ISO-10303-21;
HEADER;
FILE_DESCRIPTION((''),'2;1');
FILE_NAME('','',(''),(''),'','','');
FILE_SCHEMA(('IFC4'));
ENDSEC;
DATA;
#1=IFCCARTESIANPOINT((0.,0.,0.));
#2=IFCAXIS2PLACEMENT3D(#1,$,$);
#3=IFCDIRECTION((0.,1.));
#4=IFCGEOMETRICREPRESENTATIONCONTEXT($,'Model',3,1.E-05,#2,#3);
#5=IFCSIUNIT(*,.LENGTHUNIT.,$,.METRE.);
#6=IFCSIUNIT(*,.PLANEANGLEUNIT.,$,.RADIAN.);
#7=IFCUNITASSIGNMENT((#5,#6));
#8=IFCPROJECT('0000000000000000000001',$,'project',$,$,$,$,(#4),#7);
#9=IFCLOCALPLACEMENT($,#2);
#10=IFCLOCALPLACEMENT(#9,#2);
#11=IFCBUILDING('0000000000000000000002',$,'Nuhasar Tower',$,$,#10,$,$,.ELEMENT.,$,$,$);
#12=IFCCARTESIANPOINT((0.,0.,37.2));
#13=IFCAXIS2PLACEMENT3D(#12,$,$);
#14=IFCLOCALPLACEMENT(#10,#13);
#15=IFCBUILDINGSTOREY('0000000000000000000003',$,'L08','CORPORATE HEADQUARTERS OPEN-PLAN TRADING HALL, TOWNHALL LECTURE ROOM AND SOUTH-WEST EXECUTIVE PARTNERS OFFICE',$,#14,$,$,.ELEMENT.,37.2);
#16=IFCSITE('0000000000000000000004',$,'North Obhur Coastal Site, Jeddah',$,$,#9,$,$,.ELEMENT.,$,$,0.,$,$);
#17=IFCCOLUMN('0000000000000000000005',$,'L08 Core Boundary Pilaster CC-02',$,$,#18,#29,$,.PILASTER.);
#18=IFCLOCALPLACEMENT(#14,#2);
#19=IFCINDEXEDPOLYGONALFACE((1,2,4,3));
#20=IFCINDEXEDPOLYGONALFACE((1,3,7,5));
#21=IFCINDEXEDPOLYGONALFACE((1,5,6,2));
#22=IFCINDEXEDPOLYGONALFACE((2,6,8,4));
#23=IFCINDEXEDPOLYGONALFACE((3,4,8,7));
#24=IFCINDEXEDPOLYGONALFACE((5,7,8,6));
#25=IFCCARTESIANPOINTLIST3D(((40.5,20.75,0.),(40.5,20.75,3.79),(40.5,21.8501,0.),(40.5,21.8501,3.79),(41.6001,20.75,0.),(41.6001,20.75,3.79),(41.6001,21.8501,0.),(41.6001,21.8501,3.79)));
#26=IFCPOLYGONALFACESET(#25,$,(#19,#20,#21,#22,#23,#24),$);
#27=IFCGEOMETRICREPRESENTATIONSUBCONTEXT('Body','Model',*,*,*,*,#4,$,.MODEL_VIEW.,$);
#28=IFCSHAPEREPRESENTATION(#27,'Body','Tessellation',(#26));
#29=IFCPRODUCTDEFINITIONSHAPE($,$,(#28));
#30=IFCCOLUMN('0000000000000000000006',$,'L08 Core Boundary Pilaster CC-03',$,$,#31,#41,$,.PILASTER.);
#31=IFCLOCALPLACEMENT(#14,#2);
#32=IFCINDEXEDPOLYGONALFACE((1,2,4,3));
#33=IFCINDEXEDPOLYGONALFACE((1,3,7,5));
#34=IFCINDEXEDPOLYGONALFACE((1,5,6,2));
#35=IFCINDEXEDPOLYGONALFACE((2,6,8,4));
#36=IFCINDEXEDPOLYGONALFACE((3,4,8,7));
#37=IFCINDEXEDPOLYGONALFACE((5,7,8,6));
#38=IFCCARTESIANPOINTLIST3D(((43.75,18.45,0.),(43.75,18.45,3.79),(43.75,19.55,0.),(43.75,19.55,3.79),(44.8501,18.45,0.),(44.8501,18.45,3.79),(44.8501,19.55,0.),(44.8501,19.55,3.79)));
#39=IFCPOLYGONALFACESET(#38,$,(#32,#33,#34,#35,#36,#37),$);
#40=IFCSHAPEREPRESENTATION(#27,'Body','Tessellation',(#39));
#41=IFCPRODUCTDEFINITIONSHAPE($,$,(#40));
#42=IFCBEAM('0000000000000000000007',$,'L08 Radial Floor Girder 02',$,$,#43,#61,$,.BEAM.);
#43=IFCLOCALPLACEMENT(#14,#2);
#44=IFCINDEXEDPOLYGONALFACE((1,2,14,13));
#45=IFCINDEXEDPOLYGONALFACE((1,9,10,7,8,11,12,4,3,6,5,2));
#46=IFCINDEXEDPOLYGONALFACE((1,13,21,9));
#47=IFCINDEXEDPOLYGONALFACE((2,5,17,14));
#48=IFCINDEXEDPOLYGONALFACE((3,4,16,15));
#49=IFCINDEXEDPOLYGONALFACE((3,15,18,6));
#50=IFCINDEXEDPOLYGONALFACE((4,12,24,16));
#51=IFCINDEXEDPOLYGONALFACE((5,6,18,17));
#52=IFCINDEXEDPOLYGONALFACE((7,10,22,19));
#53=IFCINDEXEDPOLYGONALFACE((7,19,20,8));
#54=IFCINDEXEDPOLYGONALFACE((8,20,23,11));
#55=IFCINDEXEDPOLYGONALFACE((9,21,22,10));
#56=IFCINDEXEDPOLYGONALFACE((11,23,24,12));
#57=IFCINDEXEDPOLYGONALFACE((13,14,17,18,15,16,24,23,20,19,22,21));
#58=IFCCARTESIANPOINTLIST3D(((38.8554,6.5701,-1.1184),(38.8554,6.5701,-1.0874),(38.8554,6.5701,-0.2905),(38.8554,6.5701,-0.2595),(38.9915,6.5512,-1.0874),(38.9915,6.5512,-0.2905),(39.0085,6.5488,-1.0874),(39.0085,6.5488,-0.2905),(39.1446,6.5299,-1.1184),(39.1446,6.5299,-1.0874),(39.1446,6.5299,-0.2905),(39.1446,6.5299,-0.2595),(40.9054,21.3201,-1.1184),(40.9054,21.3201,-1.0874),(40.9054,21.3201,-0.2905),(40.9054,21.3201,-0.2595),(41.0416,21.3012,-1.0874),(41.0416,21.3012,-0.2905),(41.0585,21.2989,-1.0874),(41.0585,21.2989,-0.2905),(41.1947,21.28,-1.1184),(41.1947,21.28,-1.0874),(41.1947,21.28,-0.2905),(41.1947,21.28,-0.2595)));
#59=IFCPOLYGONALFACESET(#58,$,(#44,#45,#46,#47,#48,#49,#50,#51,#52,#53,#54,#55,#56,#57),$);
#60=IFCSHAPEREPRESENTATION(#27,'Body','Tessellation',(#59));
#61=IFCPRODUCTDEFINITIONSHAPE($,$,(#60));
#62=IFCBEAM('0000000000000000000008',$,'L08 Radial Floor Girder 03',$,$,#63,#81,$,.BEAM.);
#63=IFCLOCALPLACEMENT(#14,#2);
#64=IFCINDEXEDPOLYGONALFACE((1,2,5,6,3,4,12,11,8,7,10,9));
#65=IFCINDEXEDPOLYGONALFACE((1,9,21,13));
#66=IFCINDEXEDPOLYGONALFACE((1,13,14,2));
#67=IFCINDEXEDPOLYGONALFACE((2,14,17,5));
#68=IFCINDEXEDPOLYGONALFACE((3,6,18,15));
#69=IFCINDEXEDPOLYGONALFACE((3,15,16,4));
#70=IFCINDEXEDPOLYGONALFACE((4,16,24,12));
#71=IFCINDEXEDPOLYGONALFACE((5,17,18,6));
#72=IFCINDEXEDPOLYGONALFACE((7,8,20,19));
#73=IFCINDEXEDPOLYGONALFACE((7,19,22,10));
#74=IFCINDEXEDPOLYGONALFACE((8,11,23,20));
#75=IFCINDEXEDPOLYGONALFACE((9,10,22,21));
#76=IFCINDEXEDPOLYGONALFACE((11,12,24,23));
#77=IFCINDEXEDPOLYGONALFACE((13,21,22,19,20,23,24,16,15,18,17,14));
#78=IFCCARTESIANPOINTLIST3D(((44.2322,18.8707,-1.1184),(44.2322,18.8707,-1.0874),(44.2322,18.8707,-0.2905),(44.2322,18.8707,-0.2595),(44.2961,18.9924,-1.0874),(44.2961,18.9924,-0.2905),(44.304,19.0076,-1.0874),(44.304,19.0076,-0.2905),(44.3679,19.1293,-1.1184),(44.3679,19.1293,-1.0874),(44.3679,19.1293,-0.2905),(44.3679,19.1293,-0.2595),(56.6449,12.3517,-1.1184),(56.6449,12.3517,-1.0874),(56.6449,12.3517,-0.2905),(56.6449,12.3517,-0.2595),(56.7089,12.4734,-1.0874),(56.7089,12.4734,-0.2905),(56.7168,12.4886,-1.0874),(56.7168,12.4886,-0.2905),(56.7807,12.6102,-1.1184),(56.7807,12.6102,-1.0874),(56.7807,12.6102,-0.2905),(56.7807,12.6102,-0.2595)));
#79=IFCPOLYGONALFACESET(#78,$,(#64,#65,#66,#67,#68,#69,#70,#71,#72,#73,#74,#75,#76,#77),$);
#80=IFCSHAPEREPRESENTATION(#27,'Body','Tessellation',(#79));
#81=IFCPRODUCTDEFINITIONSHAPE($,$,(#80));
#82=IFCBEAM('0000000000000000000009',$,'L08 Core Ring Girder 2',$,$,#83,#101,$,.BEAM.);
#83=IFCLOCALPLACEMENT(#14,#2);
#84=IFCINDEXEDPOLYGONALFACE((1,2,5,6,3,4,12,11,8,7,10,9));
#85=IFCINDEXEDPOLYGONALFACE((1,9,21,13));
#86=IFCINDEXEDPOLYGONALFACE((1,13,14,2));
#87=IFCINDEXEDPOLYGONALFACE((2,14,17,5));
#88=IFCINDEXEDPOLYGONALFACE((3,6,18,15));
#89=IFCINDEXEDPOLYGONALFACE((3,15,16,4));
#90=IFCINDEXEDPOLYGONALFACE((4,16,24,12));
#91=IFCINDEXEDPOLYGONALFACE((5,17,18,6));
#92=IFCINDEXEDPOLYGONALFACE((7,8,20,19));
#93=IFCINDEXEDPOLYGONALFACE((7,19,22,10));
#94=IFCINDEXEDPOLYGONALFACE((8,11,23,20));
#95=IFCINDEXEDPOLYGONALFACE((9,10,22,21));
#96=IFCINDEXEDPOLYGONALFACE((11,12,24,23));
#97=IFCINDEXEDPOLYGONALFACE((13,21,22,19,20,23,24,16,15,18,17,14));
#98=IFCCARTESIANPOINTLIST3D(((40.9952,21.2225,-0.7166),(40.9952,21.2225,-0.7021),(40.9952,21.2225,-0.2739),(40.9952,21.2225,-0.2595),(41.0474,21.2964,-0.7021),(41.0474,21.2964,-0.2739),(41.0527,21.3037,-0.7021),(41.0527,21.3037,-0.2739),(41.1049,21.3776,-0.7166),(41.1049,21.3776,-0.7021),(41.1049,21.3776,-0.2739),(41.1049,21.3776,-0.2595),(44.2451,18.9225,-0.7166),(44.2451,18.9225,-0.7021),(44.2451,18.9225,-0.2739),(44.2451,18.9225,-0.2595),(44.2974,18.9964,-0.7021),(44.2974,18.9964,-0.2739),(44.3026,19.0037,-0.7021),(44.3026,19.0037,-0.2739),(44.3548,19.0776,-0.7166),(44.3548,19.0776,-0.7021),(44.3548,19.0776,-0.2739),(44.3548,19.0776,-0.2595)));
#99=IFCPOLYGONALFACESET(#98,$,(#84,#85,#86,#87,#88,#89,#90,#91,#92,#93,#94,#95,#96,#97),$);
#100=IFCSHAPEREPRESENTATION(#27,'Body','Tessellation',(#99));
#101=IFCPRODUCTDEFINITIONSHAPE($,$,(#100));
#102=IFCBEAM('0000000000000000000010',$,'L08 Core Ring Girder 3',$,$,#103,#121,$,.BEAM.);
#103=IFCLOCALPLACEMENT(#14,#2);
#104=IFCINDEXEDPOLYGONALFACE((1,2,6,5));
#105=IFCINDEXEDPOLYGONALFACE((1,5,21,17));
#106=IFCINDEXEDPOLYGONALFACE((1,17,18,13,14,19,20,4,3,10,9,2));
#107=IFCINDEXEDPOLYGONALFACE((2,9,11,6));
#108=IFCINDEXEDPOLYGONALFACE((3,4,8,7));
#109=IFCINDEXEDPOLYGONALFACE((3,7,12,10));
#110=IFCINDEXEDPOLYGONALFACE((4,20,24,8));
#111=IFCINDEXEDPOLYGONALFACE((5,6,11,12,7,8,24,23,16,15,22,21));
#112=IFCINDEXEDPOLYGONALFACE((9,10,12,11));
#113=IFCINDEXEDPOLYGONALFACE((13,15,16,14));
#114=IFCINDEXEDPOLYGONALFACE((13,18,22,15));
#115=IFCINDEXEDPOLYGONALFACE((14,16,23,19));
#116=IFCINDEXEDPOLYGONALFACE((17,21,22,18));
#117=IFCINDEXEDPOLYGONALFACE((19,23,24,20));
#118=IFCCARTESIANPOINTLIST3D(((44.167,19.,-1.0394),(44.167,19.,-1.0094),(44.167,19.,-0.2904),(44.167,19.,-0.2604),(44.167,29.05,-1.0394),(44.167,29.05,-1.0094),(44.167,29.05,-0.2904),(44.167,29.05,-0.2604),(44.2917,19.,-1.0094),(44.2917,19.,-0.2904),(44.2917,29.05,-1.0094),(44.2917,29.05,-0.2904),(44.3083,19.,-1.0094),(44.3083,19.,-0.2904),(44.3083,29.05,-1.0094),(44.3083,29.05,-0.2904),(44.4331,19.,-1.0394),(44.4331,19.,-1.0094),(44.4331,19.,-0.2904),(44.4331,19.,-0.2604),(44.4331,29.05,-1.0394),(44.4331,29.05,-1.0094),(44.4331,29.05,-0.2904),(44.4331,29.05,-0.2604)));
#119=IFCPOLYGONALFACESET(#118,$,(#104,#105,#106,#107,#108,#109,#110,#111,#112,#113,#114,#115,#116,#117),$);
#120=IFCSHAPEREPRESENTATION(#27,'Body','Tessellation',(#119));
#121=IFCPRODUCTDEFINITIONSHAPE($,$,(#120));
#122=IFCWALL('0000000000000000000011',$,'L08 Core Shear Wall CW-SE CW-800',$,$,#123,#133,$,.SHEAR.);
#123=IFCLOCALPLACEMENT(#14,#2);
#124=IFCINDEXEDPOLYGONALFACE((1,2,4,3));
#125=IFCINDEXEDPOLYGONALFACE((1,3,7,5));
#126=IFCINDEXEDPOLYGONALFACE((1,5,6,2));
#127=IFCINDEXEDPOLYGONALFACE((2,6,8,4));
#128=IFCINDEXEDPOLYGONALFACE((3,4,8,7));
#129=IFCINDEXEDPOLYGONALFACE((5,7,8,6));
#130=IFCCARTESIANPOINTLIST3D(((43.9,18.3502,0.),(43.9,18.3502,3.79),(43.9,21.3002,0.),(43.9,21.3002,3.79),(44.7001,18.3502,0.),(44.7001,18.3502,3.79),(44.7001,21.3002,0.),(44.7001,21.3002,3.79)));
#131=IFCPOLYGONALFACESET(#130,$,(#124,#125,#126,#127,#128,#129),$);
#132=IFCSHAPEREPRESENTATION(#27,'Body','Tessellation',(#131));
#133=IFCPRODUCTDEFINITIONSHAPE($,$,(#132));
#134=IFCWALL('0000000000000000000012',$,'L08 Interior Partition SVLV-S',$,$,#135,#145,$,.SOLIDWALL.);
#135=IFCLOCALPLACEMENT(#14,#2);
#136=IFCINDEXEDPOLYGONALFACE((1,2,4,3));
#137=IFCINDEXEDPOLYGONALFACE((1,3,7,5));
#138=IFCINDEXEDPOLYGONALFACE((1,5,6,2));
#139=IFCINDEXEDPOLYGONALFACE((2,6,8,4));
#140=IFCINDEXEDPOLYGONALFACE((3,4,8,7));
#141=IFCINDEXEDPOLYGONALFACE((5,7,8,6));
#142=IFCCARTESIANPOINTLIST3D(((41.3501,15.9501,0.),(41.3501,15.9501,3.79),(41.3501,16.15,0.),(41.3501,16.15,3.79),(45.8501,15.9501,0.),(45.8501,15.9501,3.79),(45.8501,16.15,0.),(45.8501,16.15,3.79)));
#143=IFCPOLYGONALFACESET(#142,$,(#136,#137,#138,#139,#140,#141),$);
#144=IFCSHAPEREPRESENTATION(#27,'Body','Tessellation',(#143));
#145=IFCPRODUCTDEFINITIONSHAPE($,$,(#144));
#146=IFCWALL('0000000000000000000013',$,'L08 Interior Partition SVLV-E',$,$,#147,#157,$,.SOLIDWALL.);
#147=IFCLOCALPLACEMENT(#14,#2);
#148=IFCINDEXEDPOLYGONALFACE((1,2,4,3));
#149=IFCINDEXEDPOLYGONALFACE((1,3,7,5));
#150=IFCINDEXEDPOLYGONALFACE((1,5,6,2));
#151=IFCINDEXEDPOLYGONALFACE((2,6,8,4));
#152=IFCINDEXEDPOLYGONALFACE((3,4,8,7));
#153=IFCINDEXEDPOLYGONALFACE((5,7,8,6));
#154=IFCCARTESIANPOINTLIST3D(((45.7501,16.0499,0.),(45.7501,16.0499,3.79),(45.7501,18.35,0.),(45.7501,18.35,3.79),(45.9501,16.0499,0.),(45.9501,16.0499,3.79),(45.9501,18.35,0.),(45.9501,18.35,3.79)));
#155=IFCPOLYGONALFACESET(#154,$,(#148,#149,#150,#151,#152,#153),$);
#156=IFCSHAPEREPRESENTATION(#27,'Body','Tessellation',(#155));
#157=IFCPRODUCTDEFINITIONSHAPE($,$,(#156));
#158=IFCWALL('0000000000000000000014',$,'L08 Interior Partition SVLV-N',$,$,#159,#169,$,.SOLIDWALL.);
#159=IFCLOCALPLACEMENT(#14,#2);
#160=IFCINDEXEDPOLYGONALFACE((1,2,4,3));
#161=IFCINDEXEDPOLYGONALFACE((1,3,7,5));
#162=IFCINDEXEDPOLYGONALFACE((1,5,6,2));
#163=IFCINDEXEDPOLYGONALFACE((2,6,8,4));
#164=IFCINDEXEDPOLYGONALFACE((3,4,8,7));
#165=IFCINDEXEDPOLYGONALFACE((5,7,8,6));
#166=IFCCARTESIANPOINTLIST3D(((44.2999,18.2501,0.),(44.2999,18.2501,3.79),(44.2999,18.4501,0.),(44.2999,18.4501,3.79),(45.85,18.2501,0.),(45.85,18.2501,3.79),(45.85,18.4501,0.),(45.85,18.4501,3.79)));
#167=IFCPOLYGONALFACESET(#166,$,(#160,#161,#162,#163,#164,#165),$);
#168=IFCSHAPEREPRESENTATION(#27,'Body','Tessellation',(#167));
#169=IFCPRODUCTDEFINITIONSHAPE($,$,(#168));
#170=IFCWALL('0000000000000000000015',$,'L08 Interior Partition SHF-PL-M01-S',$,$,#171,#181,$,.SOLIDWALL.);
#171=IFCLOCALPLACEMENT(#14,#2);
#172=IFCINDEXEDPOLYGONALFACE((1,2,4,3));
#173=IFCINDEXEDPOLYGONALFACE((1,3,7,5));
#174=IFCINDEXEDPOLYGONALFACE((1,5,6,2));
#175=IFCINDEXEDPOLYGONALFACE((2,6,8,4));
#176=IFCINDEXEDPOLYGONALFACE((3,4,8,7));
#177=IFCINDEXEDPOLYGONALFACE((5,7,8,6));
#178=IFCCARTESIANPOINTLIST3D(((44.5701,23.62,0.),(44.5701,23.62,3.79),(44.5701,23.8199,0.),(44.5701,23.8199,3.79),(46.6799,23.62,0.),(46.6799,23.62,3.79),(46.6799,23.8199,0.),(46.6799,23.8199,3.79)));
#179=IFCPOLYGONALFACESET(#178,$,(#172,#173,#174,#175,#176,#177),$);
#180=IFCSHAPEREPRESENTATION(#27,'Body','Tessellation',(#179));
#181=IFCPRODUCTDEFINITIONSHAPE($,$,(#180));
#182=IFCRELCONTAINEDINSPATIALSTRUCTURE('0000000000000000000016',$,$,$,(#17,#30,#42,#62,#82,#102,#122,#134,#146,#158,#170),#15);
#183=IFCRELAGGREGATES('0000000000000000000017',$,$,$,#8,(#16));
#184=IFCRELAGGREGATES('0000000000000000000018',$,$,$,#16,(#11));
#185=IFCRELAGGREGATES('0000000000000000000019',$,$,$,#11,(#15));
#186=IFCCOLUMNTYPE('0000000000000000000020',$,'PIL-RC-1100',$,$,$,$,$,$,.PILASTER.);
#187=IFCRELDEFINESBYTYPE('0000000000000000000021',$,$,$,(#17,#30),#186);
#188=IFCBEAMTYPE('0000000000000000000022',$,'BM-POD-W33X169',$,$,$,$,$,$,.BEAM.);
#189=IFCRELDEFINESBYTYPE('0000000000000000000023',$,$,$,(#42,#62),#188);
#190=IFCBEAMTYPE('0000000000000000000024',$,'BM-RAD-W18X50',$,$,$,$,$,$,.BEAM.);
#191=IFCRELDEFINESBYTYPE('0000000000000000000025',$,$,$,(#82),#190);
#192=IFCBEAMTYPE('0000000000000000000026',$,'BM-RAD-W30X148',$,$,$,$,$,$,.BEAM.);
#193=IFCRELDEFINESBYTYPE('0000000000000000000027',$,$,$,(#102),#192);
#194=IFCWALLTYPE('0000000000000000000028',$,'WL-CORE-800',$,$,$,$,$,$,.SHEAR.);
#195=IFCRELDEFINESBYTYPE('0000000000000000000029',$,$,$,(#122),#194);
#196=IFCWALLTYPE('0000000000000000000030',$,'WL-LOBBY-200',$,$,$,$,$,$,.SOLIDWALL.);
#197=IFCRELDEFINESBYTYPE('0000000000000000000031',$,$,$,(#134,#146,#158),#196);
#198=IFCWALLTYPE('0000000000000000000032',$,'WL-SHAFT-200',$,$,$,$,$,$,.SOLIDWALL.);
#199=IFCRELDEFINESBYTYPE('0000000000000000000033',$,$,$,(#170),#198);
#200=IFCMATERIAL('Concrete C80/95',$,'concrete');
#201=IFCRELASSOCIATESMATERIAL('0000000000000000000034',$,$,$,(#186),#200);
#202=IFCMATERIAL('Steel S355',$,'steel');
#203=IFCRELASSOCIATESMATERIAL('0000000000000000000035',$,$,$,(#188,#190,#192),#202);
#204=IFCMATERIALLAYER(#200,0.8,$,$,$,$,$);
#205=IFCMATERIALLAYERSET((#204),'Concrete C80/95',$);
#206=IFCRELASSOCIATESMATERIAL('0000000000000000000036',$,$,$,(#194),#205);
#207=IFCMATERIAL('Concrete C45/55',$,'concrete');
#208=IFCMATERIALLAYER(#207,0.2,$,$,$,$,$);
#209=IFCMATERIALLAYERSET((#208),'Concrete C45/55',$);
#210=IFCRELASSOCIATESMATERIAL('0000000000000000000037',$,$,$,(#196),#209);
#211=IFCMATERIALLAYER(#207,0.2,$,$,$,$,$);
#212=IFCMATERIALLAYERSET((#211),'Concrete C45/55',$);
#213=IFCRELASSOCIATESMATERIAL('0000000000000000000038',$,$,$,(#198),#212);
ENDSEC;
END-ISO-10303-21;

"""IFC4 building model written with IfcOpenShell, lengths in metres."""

from ifc_helpers import new_model, si_unit, direction, frame, frame_2d, origin, origin_2d, place, context, subcontext, project, spatial, rectangle, i_section, extrude, material, layer, layer_set, material_profile, profile_set, type_object, element, save


model = new_model("IFC4")

# Units and contexts
model_context = context("Model", 3, precision=1e-05, world=origin(), true_north=direction((0.0, 1.0)))
body_context = subcontext(model_context, "Body", "Model", "MODEL_VIEW")
ifc_project = project(units=[si_unit("LENGTHUNIT", "METRE"), si_unit("PLANEANGLEUNIT", "RADIAN")], contexts=[model_context])

# Site, building, storey
site_placement = place(None, origin())
site = spatial("IfcSite", under=ifc_project, at=site_placement, Name="North Obhur Coastal Site, Jeddah", CompositionType="ELEMENT", RefElevation=0.0)
building_placement = place(site_placement, origin())
building = spatial("IfcBuilding", under=site, at=building_placement, Name="Nuhasar Tower", CompositionType="ELEMENT")
storey_placement = place(building_placement, frame((0.0, 0.0, 37.2)))
storey = spatial("IfcBuildingStorey", under=building, at=storey_placement, Name="L08", Description="CORPORATE HEADQUARTERS OPEN-PLAN TRADING HALL, TOWNHALL LECTURE ROOM AND SOUTH-WEST EXECUTIVE PARTNERS OFFICE", CompositionType="ELEMENT", Elevation=37.2)

# Columns
ifc_material_1 = material(Name="Concrete C80/95", Category="concrete")
ifc_material_profile_1 = material_profile(ifc_material_1, rectangle(XDim=1.1001, YDim=1.1001, at=origin_2d()), Name="RC1100X1100")
ifc_profile_set_1 = profile_set([ifc_material_profile_1], Name="Concrete C80/95")
column_type = type_object("IfcColumnType", Name="PIL-RC-1100", PredefinedType="PILASTER", material=ifc_profile_set_1)
for number, where, z_axis, x_axis, name in (
    (1, (41.05, 21.3, 0.0), (0.0, 0.0, 1.0), (1.0, 0.0, 0.0), "L08 Core Boundary Pilaster CC-02"),
    (2, (44.3, 19.0, 0.0), (0.0, 0.0, 1.0), (1.0, 0.0, 0.0), "L08 Core Boundary Pilaster CC-03"),
):
    element("IfcColumn", number, at=place(storey_placement, frame(where, z_axis=z_axis, x_axis=x_axis)), inside=storey, type_object=column_type, Name=name, PredefinedType="PILASTER", context=body_context, shape_type="SweptSolid", body=[
        extrude(rectangle(XDim=1.1001, YDim=1.1001, at=origin_2d()), origin(), (0.0, 0.0, 1.0), 3.79),
    ])

# Beams
ifc_material_2 = material(Name="Steel S355", Category="steel")
ifc_material_profile_2 = material_profile(ifc_material_2, i_section(OverallWidth=0.292, OverallDepth=0.8589, WebThickness=0.0171, FlangeThickness=0.031, at=origin_2d()), Name="W33X169")
ifc_profile_set_2 = profile_set([ifc_material_profile_2], Name="Steel S355")
beam_type_1 = type_object("IfcBeamType", Name="BM-POD-W33X169", PredefinedType="BEAM", material=ifc_profile_set_2)
beam_1_placement = place(storey_placement, frame((41.05, 21.3, -0.689), z_axis=(-0.137663, -0.990479, 0.0), x_axis=(0.990479, -0.137663, 0.0)))
element("IfcBeam", 3, at=beam_1_placement, inside=storey, type_object=beam_type_1, Name="L08 Radial Floor Girder 02", PredefinedType="BEAM", context=body_context, shape_type="SweptSolid", body=[
    extrude(i_section(OverallWidth=0.292, OverallDepth=0.8589, WebThickness=0.0171, FlangeThickness=0.031, at=origin_2d()), origin(), (0.0, 0.0, 1.0), 14.8918),
])
beam_2_placement = place(storey_placement, frame((44.3, 19.0, -0.689), z_axis=(0.88533, -0.464963, 0.0), x_axis=(0.464963, 0.88533, 0.0)))
element("IfcBeam", 4, at=beam_2_placement, inside=storey, type_object=beam_type_1, Name="L08 Radial Floor Girder 03", PredefinedType="BEAM", context=body_context, shape_type="SweptSolid", body=[
    extrude(i_section(OverallWidth=0.292, OverallDepth=0.8589, WebThickness=0.0171, FlangeThickness=0.031, at=origin_2d()), origin(), (0.0, 0.0, 1.0), 14.0205),
])
ifc_material_profile_3 = material_profile(ifc_material_2, i_section(OverallWidth=0.1899, OverallDepth=0.457, WebThickness=0.009, FlangeThickness=0.0144, at=origin_2d()), Name="W18X50")
ifc_profile_set_3 = profile_set([ifc_material_profile_3], Name="Steel S355")
beam_type_2 = type_object("IfcBeamType", Name="BM-RAD-W18X50", PredefinedType="BEAM", material=ifc_profile_set_3)
beam_3_placement = place(storey_placement, frame((41.05, 21.3, -0.488), z_axis=(0.816265, -0.577677, 0.0), x_axis=(0.577677, 0.816265, 0.0)))
element("IfcBeam", 5, at=beam_3_placement, inside=storey, type_object=beam_type_2, Name="L08 Core Ring Girder 2", PredefinedType="BEAM", context=body_context, shape_type="SweptSolid", body=[
    extrude(i_section(OverallWidth=0.1899, OverallDepth=0.457, WebThickness=0.009, FlangeThickness=0.0144, at=origin_2d()), origin(), (0.0, 0.0, 1.0), 3.9814),
])
ifc_material_profile_4 = material_profile(ifc_material_2, i_section(OverallWidth=0.2661, OverallDepth=0.7791, WebThickness=0.0166, FlangeThickness=0.03, at=origin_2d()), Name="W30X148")
ifc_profile_set_4 = profile_set([ifc_material_profile_4], Name="Steel S355")
beam_type_3 = type_object("IfcBeamType", Name="BM-RAD-W30X148", PredefinedType="BEAM", material=ifc_profile_set_4)
beam_4_placement = place(storey_placement, frame((44.3, 19.0, -0.6499), z_axis=(0.0, 1.0, 0.0), x_axis=(-1.0, 0.0, 0.0)))
element("IfcBeam", 6, at=beam_4_placement, inside=storey, type_object=beam_type_3, Name="L08 Core Ring Girder 3", PredefinedType="BEAM", context=body_context, shape_type="SweptSolid", body=[
    extrude(i_section(OverallWidth=0.2661, OverallDepth=0.7791, WebThickness=0.0166, FlangeThickness=0.03, at=origin_2d()), origin(), (0.0, 0.0, 1.0), 10.05),
])

# Wall
ifc_layer_1 = layer(ifc_material_1, 0.8)
ifc_layer_set_1 = layer_set([ifc_layer_1], Name="Concrete C80/95")
wall_type_1 = type_object("IfcWallType", Name="WL-CORE-800", PredefinedType="SHEAR", material=ifc_layer_set_1)
wall_1_placement = place(storey_placement, frame((44.3, 18.3501, 0.0), z_axis=(0.0, 0.0, 1.0), x_axis=(0.0, 1.0, 0.0)))
element("IfcWall", 7, at=wall_1_placement, inside=storey, type_object=wall_type_1, Name="L08 Core Shear Wall CW-SE CW-800", PredefinedType="SHEAR", context=body_context, shape_type="SweptSolid", body=[
    extrude(rectangle(XDim=2.95, YDim=0.8, at=frame_2d((1.4751, 0.0))), origin(), (0.0, 0.0, 1.0), 3.79),
])

# Shared definitions
ifc_material_3 = material(Name="Concrete C45/55", Category="concrete")
ifc_layer_2 = layer(ifc_material_3, 0.2)
ifc_layer_set_2 = layer_set([ifc_layer_2], Name="Concrete C45/55")
wall_type_2 = type_object("IfcWallType", Name="WL-LOBBY-200", PredefinedType="SOLIDWALL", material=ifc_layer_set_2)

# Walls
wall_2_placement = place(storey_placement, frame((41.3501, 16.05, 0.0), z_axis=(0.0, 0.0, 1.0), x_axis=(1.0, 0.0, 0.0)))
element("IfcWall", 8, at=wall_2_placement, inside=storey, type_object=wall_type_2, Name="L08 Interior Partition SVLV-S", PredefinedType="SOLIDWALL", context=body_context, shape_type="SweptSolid", body=[
    extrude(rectangle(XDim=4.5, YDim=0.2, at=frame_2d((2.25, 0.0))), origin(), (0.0, 0.0, 1.0), 3.79),
])
wall_3_placement = place(storey_placement, frame((45.8501, 16.05, 0.0), z_axis=(0.0, 0.0, 1.0), x_axis=(0.0, 1.0, 0.0)))
element("IfcWall", 9, at=wall_3_placement, inside=storey, type_object=wall_type_2, Name="L08 Interior Partition SVLV-E", PredefinedType="SOLIDWALL", context=body_context, shape_type="SweptSolid", body=[
    extrude(rectangle(XDim=2.3, YDim=0.2, at=frame_2d((1.1499, 0.0))), origin(), (0.0, 0.0, 1.0), 3.79),
])
wall_4_placement = place(storey_placement, frame((44.3, 18.3501, 0.0), z_axis=(0.0, 0.0, 1.0), x_axis=(1.0, 0.0, 0.0)))
element("IfcWall", 10, at=wall_4_placement, inside=storey, type_object=wall_type_2, Name="L08 Interior Partition SVLV-N", PredefinedType="SOLIDWALL", context=body_context, shape_type="SweptSolid", body=[
    extrude(rectangle(XDim=1.55, YDim=0.2, at=frame_2d((0.7749, 0.0))), origin(), (0.0, 0.0, 1.0), 3.79),
])
ifc_layer_3 = layer(ifc_material_3, 0.2)
ifc_layer_set_3 = layer_set([ifc_layer_3], Name="Concrete C45/55")
wall_type_3 = type_object("IfcWallType", Name="WL-SHAFT-200", PredefinedType="SOLIDWALL", material=ifc_layer_set_3)
wall_5_placement = place(storey_placement, frame((44.5701, 23.72, 0.0), z_axis=(0.0, 0.0, 1.0), x_axis=(1.0, 0.0, 0.0)))
element("IfcWall", 11, at=wall_5_placement, inside=storey, type_object=wall_type_3, Name="L08 Interior Partition SHF-PL-M01-S", PredefinedType="SOLIDWALL", context=body_context, shape_type="SweptSolid", body=[
    extrude(rectangle(XDim=2.1099, YDim=0.2, at=frame_2d((1.0549, 0.0))), origin(), (0.0, 0.0, 1.0), 3.79),
])

save(model, "model.ifc")
